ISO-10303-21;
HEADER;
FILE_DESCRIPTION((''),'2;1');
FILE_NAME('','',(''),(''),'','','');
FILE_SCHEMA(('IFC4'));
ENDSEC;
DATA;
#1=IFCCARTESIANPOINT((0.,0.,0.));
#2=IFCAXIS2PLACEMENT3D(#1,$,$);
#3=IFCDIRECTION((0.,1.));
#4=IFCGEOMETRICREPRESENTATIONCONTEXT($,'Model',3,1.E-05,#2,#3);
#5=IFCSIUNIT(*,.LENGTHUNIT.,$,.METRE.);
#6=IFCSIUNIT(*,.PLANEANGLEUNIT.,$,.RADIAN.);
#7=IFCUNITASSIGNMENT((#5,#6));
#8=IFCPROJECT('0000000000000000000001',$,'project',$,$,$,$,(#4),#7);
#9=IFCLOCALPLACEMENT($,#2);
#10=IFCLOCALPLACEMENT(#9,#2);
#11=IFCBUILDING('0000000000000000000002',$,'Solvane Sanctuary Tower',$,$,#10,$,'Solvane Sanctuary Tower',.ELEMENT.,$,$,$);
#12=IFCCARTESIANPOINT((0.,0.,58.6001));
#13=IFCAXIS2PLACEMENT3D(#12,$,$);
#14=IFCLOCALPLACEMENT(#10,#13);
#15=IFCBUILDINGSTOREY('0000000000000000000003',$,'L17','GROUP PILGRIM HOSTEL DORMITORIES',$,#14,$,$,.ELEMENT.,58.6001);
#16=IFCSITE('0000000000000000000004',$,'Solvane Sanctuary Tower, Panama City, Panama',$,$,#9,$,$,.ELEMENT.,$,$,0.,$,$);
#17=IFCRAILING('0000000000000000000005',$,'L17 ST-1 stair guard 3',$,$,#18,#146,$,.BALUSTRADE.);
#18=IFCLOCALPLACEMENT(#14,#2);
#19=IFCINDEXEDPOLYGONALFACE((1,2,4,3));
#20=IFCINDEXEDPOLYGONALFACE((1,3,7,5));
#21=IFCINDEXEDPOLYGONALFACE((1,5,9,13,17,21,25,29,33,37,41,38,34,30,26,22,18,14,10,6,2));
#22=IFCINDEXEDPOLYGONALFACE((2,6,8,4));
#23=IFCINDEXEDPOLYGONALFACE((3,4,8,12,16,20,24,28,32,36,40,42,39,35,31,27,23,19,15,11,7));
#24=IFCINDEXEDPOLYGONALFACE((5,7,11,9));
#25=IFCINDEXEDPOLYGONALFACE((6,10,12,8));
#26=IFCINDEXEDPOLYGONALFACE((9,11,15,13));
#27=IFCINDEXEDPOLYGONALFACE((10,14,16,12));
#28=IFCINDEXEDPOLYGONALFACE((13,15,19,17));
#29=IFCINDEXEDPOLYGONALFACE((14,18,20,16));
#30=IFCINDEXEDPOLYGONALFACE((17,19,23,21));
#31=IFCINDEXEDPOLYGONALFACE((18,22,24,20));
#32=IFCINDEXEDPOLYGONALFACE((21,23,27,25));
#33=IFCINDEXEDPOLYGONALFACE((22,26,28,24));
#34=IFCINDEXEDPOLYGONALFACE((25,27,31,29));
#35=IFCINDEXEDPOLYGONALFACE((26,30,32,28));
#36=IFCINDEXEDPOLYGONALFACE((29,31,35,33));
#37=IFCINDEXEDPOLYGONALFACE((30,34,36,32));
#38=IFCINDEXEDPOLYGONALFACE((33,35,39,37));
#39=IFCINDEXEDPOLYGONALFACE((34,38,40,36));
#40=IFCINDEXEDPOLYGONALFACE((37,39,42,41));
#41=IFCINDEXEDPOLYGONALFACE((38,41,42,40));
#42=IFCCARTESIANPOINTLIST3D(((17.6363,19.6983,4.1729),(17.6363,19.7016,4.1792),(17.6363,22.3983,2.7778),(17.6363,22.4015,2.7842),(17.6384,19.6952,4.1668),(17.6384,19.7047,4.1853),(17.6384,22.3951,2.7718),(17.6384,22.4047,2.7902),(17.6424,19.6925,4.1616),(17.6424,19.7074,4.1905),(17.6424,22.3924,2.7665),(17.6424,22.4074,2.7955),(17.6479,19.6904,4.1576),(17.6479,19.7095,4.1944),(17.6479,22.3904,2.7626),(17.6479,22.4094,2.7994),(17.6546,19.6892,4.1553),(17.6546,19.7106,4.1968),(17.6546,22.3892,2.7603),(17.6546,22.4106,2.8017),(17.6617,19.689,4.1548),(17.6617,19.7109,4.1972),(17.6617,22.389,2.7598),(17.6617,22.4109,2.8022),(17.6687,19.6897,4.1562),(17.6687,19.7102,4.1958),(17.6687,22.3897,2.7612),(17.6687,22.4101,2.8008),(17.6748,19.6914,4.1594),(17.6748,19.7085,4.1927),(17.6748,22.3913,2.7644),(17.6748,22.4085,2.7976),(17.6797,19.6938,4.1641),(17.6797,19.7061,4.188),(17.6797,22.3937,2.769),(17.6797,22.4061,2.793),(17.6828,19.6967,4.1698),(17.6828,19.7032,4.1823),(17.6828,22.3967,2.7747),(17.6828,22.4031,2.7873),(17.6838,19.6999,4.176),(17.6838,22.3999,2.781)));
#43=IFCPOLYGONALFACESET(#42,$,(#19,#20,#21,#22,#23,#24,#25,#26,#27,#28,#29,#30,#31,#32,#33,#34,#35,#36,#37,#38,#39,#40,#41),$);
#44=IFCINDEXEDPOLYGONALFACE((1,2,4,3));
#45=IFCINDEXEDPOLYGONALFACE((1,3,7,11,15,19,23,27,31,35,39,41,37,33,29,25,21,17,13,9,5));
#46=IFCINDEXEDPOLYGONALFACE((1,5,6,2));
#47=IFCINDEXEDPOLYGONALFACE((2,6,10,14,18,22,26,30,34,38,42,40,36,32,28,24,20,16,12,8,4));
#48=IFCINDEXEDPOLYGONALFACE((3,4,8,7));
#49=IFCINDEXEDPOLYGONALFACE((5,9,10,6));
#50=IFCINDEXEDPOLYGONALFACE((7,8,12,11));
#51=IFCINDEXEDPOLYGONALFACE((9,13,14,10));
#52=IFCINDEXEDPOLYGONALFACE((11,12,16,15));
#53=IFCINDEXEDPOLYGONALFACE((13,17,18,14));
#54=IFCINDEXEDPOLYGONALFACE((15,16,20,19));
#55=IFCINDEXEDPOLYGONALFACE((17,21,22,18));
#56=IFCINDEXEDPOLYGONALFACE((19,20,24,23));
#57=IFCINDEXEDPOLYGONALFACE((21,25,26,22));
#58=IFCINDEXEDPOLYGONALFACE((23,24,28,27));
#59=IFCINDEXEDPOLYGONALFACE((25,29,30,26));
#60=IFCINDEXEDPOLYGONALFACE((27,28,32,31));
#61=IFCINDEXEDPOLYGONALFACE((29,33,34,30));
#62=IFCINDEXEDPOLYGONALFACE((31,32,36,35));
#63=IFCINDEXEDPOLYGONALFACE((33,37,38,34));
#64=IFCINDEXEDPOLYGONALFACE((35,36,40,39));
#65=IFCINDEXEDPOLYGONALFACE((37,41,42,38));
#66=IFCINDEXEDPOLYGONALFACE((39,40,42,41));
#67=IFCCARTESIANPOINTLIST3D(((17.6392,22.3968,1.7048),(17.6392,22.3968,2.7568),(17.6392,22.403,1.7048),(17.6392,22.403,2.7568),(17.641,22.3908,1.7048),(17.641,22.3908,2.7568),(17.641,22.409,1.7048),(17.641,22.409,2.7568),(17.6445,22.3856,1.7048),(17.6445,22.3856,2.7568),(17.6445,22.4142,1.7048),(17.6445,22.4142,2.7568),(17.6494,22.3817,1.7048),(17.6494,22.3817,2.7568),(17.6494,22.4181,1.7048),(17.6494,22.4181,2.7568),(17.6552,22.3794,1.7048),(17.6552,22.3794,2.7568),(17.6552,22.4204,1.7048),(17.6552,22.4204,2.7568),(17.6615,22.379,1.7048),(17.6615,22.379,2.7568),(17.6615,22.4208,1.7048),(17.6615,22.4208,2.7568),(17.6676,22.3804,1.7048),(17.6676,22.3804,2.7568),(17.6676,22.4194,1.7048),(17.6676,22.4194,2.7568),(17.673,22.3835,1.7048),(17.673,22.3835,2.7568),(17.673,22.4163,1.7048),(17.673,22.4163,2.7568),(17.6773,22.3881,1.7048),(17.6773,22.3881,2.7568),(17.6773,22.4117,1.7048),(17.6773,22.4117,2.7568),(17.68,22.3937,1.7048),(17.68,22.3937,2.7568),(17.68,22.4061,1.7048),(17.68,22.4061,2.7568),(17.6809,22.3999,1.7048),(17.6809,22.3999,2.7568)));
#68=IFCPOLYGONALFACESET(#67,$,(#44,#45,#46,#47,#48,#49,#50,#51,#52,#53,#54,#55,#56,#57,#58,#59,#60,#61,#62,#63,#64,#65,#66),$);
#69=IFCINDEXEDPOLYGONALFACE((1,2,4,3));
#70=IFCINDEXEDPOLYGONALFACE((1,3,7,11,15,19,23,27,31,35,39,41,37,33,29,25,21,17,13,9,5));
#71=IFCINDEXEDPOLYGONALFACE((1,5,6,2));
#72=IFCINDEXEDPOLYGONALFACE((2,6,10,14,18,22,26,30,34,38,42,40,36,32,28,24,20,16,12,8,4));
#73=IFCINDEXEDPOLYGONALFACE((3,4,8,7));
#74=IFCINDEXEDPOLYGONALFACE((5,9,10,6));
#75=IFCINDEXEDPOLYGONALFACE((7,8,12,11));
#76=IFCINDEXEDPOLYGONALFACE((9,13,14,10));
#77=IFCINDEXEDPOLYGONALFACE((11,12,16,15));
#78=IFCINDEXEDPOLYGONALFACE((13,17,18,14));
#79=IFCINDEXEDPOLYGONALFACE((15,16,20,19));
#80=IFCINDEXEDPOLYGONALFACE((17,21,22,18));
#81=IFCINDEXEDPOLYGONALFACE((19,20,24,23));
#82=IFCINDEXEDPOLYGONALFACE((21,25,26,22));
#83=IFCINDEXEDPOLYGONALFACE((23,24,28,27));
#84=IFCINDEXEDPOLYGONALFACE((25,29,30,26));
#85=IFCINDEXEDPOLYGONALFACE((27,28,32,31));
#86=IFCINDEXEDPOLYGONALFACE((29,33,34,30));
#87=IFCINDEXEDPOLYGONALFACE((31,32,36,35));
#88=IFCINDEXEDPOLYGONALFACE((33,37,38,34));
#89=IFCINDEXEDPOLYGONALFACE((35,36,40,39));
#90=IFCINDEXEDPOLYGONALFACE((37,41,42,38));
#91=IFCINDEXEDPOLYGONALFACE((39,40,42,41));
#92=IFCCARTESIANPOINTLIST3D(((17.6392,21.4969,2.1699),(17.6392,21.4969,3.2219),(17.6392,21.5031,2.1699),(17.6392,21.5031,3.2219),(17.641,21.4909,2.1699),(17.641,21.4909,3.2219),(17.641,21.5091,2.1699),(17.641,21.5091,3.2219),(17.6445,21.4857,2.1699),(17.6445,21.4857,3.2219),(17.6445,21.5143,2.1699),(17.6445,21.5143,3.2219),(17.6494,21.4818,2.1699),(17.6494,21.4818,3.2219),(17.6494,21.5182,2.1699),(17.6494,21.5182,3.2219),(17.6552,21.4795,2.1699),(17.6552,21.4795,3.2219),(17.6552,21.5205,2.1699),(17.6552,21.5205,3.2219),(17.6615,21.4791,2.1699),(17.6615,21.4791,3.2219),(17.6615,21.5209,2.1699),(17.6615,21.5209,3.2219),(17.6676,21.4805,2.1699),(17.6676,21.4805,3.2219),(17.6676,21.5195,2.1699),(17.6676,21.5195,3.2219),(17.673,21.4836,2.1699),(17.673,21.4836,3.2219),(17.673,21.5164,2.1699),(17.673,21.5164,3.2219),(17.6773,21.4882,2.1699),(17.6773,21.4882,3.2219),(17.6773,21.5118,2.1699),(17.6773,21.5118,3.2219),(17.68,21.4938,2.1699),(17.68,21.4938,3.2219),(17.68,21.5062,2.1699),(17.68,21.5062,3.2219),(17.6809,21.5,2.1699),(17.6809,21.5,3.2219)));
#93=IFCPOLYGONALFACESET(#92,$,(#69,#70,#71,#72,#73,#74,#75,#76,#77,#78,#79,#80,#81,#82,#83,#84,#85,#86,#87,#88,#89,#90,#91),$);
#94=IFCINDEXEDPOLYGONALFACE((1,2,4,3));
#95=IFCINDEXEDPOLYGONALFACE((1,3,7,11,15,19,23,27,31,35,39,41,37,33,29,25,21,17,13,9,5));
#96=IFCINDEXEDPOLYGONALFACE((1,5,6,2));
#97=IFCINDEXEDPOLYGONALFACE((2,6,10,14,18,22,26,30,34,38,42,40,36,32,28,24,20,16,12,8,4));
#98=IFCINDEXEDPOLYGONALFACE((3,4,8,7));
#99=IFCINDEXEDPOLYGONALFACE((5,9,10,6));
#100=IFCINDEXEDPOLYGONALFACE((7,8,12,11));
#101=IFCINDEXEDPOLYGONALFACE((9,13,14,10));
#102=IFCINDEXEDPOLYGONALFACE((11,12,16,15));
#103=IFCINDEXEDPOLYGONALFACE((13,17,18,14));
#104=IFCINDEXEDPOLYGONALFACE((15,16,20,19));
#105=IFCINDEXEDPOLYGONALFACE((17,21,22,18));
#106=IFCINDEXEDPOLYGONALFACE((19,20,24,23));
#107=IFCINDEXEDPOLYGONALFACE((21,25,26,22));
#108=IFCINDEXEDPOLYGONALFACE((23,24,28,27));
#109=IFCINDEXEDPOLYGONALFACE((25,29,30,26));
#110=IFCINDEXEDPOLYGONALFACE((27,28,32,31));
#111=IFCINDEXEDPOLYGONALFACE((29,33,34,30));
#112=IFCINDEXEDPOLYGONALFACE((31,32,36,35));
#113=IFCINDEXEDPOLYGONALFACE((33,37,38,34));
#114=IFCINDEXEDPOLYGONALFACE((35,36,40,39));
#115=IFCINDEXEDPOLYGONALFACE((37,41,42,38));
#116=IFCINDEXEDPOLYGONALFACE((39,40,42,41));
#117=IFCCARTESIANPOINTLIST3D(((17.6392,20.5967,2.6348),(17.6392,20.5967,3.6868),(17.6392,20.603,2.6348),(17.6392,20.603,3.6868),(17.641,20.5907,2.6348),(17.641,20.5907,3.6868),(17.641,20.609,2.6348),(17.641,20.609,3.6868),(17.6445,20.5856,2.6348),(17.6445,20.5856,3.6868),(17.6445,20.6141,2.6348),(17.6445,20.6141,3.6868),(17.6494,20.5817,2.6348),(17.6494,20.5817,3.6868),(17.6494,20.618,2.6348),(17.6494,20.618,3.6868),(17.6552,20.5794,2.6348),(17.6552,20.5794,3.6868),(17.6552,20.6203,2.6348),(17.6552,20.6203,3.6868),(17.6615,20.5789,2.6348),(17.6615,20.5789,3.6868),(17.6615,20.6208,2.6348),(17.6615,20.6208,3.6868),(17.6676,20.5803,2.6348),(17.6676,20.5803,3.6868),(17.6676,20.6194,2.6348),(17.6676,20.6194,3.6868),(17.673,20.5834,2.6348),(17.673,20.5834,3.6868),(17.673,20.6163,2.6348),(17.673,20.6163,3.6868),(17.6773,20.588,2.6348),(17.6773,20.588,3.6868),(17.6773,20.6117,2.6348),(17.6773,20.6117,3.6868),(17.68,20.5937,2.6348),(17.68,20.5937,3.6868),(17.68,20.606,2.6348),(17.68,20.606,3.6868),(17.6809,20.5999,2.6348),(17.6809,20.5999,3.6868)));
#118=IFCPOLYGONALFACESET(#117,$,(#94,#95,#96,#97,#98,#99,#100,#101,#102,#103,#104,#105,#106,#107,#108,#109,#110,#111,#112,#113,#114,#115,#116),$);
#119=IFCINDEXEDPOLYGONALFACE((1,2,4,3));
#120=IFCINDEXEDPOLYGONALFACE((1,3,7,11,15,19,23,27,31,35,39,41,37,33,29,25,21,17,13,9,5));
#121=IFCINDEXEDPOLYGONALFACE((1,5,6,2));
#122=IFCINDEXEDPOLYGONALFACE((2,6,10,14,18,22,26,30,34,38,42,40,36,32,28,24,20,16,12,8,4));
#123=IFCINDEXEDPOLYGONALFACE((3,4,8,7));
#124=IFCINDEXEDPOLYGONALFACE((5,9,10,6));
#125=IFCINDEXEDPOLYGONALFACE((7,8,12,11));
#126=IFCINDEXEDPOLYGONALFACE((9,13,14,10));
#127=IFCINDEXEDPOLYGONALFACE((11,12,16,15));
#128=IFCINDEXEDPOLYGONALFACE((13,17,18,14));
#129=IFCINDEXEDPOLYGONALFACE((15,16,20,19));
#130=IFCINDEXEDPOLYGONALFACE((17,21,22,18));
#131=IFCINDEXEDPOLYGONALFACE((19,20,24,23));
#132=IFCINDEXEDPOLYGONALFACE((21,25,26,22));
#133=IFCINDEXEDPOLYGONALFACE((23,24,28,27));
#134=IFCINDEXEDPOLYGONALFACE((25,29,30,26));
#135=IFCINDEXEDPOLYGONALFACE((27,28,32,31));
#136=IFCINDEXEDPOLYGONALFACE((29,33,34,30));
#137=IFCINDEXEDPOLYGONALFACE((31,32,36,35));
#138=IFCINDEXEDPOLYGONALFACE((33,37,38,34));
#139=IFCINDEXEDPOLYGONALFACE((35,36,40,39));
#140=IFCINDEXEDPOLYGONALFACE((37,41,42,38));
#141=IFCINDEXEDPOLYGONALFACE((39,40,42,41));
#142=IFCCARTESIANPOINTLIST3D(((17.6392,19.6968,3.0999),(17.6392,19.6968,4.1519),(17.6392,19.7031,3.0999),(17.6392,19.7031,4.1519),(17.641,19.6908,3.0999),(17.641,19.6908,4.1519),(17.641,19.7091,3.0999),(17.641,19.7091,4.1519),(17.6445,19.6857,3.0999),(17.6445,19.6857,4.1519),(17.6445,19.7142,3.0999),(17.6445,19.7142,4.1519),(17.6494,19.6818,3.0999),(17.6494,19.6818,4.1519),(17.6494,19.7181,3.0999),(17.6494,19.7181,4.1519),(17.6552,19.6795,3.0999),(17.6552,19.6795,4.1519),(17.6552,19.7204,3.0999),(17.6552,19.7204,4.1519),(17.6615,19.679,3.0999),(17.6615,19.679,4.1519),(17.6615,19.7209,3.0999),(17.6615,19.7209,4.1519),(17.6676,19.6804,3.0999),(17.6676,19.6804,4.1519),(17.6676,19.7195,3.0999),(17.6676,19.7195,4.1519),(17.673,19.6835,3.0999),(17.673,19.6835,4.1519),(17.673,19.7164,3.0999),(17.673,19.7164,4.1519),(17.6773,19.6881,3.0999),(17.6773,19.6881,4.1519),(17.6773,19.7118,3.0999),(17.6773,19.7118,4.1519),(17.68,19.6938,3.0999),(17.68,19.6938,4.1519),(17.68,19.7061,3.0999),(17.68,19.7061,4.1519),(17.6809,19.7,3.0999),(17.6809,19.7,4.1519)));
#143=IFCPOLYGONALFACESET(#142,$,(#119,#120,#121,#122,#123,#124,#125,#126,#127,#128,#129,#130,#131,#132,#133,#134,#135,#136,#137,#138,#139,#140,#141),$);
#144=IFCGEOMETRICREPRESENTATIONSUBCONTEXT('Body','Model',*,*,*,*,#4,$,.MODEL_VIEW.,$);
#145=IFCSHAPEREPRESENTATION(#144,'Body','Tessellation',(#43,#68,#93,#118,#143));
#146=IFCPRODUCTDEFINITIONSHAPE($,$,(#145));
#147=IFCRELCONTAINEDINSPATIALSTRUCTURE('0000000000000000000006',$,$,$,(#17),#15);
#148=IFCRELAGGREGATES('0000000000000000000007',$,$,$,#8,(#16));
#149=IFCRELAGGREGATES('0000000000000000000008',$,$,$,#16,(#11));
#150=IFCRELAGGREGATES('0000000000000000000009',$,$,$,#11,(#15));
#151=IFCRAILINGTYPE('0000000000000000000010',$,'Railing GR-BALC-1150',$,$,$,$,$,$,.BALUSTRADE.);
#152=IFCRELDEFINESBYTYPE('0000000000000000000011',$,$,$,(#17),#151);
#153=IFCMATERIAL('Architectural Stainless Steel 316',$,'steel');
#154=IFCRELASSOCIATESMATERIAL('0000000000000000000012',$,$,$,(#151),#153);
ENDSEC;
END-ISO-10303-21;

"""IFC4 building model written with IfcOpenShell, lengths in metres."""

from ifc_helpers import new_model, si_unit, direction, frame, origin, origin_2d, place, context, subcontext, project, spatial, circle, extrude, material, type_object, element, save


model = new_model("IFC4")

# Units and contexts
model_context = context("Model", 3, precision=1e-05, world=origin(), true_north=direction((0.0, 1.0)))
body_context = subcontext(model_context, "Body", "Model", "MODEL_VIEW")
ifc_project = project(units=[si_unit("LENGTHUNIT", "METRE"), si_unit("PLANEANGLEUNIT", "RADIAN")], contexts=[model_context])

# Site, building, storey
site_placement = place(None, origin())
site = spatial("IfcSite", under=ifc_project, at=site_placement, Name="Solvane Sanctuary Tower, Panama City, Panama", CompositionType="ELEMENT", RefElevation=0.0)
building_placement = place(site_placement, origin())
building = spatial("IfcBuilding", under=site, at=building_placement, Name="Solvane Sanctuary Tower", LongName="Solvane Sanctuary Tower", CompositionType="ELEMENT")
storey_placement = place(building_placement, frame((0.0, 0.0, 58.6001)))
storey = spatial("IfcBuildingStorey", under=building, at=storey_placement, Name="L17", Description="GROUP PILGRIM HOSTEL DORMITORIES", CompositionType="ELEMENT", Elevation=58.6001)

# Railing
ifc_material_1 = material(Name="Architectural Stainless Steel 316", Category="steel")
railing_type_1 = type_object("IfcRailingType", Name="Railing GR-BALC-1150", PredefinedType="BALUSTRADE", material=ifc_material_1)
railing_1_placement = place(storey_placement, frame((17.6599, 22.3999, 1.7048)))
element("IfcRailing", 1, at=railing_1_placement, inside=storey, type_object=railing_type_1, Name="L17 ST-1 stair guard 3", PredefinedType="BALUSTRADE", context=body_context, shape_type="SweptSolid", body=[
    extrude(circle(Radius=0.0239, at=origin_2d()), frame((0.0, 0.0, 1.0762), z_axis=(0.0, -0.88842, 0.459032), x_axis=(1.0, 0.0, 0.0)), (0.0, 0.0, 1.0), 3.0391),
    extrude(circle(Radius=0.021, at=origin_2d()), origin(), (0.0, 0.0, 1.0), 1.052),
    extrude(circle(Radius=0.021, at=origin_2d()), frame((0.0, -0.8999, 0.4651)), (0.0, 0.0, 1.0), 1.052),
    extrude(circle(Radius=0.021, at=origin_2d()), frame((0.0, -1.8, 0.9299)), (0.0, 0.0, 1.0), 1.052),
    extrude(circle(Radius=0.021, at=origin_2d()), frame((0.0, -2.7, 1.395)), (0.0, 0.0, 1.0), 1.052),
])

save(model, "model.ifc")
